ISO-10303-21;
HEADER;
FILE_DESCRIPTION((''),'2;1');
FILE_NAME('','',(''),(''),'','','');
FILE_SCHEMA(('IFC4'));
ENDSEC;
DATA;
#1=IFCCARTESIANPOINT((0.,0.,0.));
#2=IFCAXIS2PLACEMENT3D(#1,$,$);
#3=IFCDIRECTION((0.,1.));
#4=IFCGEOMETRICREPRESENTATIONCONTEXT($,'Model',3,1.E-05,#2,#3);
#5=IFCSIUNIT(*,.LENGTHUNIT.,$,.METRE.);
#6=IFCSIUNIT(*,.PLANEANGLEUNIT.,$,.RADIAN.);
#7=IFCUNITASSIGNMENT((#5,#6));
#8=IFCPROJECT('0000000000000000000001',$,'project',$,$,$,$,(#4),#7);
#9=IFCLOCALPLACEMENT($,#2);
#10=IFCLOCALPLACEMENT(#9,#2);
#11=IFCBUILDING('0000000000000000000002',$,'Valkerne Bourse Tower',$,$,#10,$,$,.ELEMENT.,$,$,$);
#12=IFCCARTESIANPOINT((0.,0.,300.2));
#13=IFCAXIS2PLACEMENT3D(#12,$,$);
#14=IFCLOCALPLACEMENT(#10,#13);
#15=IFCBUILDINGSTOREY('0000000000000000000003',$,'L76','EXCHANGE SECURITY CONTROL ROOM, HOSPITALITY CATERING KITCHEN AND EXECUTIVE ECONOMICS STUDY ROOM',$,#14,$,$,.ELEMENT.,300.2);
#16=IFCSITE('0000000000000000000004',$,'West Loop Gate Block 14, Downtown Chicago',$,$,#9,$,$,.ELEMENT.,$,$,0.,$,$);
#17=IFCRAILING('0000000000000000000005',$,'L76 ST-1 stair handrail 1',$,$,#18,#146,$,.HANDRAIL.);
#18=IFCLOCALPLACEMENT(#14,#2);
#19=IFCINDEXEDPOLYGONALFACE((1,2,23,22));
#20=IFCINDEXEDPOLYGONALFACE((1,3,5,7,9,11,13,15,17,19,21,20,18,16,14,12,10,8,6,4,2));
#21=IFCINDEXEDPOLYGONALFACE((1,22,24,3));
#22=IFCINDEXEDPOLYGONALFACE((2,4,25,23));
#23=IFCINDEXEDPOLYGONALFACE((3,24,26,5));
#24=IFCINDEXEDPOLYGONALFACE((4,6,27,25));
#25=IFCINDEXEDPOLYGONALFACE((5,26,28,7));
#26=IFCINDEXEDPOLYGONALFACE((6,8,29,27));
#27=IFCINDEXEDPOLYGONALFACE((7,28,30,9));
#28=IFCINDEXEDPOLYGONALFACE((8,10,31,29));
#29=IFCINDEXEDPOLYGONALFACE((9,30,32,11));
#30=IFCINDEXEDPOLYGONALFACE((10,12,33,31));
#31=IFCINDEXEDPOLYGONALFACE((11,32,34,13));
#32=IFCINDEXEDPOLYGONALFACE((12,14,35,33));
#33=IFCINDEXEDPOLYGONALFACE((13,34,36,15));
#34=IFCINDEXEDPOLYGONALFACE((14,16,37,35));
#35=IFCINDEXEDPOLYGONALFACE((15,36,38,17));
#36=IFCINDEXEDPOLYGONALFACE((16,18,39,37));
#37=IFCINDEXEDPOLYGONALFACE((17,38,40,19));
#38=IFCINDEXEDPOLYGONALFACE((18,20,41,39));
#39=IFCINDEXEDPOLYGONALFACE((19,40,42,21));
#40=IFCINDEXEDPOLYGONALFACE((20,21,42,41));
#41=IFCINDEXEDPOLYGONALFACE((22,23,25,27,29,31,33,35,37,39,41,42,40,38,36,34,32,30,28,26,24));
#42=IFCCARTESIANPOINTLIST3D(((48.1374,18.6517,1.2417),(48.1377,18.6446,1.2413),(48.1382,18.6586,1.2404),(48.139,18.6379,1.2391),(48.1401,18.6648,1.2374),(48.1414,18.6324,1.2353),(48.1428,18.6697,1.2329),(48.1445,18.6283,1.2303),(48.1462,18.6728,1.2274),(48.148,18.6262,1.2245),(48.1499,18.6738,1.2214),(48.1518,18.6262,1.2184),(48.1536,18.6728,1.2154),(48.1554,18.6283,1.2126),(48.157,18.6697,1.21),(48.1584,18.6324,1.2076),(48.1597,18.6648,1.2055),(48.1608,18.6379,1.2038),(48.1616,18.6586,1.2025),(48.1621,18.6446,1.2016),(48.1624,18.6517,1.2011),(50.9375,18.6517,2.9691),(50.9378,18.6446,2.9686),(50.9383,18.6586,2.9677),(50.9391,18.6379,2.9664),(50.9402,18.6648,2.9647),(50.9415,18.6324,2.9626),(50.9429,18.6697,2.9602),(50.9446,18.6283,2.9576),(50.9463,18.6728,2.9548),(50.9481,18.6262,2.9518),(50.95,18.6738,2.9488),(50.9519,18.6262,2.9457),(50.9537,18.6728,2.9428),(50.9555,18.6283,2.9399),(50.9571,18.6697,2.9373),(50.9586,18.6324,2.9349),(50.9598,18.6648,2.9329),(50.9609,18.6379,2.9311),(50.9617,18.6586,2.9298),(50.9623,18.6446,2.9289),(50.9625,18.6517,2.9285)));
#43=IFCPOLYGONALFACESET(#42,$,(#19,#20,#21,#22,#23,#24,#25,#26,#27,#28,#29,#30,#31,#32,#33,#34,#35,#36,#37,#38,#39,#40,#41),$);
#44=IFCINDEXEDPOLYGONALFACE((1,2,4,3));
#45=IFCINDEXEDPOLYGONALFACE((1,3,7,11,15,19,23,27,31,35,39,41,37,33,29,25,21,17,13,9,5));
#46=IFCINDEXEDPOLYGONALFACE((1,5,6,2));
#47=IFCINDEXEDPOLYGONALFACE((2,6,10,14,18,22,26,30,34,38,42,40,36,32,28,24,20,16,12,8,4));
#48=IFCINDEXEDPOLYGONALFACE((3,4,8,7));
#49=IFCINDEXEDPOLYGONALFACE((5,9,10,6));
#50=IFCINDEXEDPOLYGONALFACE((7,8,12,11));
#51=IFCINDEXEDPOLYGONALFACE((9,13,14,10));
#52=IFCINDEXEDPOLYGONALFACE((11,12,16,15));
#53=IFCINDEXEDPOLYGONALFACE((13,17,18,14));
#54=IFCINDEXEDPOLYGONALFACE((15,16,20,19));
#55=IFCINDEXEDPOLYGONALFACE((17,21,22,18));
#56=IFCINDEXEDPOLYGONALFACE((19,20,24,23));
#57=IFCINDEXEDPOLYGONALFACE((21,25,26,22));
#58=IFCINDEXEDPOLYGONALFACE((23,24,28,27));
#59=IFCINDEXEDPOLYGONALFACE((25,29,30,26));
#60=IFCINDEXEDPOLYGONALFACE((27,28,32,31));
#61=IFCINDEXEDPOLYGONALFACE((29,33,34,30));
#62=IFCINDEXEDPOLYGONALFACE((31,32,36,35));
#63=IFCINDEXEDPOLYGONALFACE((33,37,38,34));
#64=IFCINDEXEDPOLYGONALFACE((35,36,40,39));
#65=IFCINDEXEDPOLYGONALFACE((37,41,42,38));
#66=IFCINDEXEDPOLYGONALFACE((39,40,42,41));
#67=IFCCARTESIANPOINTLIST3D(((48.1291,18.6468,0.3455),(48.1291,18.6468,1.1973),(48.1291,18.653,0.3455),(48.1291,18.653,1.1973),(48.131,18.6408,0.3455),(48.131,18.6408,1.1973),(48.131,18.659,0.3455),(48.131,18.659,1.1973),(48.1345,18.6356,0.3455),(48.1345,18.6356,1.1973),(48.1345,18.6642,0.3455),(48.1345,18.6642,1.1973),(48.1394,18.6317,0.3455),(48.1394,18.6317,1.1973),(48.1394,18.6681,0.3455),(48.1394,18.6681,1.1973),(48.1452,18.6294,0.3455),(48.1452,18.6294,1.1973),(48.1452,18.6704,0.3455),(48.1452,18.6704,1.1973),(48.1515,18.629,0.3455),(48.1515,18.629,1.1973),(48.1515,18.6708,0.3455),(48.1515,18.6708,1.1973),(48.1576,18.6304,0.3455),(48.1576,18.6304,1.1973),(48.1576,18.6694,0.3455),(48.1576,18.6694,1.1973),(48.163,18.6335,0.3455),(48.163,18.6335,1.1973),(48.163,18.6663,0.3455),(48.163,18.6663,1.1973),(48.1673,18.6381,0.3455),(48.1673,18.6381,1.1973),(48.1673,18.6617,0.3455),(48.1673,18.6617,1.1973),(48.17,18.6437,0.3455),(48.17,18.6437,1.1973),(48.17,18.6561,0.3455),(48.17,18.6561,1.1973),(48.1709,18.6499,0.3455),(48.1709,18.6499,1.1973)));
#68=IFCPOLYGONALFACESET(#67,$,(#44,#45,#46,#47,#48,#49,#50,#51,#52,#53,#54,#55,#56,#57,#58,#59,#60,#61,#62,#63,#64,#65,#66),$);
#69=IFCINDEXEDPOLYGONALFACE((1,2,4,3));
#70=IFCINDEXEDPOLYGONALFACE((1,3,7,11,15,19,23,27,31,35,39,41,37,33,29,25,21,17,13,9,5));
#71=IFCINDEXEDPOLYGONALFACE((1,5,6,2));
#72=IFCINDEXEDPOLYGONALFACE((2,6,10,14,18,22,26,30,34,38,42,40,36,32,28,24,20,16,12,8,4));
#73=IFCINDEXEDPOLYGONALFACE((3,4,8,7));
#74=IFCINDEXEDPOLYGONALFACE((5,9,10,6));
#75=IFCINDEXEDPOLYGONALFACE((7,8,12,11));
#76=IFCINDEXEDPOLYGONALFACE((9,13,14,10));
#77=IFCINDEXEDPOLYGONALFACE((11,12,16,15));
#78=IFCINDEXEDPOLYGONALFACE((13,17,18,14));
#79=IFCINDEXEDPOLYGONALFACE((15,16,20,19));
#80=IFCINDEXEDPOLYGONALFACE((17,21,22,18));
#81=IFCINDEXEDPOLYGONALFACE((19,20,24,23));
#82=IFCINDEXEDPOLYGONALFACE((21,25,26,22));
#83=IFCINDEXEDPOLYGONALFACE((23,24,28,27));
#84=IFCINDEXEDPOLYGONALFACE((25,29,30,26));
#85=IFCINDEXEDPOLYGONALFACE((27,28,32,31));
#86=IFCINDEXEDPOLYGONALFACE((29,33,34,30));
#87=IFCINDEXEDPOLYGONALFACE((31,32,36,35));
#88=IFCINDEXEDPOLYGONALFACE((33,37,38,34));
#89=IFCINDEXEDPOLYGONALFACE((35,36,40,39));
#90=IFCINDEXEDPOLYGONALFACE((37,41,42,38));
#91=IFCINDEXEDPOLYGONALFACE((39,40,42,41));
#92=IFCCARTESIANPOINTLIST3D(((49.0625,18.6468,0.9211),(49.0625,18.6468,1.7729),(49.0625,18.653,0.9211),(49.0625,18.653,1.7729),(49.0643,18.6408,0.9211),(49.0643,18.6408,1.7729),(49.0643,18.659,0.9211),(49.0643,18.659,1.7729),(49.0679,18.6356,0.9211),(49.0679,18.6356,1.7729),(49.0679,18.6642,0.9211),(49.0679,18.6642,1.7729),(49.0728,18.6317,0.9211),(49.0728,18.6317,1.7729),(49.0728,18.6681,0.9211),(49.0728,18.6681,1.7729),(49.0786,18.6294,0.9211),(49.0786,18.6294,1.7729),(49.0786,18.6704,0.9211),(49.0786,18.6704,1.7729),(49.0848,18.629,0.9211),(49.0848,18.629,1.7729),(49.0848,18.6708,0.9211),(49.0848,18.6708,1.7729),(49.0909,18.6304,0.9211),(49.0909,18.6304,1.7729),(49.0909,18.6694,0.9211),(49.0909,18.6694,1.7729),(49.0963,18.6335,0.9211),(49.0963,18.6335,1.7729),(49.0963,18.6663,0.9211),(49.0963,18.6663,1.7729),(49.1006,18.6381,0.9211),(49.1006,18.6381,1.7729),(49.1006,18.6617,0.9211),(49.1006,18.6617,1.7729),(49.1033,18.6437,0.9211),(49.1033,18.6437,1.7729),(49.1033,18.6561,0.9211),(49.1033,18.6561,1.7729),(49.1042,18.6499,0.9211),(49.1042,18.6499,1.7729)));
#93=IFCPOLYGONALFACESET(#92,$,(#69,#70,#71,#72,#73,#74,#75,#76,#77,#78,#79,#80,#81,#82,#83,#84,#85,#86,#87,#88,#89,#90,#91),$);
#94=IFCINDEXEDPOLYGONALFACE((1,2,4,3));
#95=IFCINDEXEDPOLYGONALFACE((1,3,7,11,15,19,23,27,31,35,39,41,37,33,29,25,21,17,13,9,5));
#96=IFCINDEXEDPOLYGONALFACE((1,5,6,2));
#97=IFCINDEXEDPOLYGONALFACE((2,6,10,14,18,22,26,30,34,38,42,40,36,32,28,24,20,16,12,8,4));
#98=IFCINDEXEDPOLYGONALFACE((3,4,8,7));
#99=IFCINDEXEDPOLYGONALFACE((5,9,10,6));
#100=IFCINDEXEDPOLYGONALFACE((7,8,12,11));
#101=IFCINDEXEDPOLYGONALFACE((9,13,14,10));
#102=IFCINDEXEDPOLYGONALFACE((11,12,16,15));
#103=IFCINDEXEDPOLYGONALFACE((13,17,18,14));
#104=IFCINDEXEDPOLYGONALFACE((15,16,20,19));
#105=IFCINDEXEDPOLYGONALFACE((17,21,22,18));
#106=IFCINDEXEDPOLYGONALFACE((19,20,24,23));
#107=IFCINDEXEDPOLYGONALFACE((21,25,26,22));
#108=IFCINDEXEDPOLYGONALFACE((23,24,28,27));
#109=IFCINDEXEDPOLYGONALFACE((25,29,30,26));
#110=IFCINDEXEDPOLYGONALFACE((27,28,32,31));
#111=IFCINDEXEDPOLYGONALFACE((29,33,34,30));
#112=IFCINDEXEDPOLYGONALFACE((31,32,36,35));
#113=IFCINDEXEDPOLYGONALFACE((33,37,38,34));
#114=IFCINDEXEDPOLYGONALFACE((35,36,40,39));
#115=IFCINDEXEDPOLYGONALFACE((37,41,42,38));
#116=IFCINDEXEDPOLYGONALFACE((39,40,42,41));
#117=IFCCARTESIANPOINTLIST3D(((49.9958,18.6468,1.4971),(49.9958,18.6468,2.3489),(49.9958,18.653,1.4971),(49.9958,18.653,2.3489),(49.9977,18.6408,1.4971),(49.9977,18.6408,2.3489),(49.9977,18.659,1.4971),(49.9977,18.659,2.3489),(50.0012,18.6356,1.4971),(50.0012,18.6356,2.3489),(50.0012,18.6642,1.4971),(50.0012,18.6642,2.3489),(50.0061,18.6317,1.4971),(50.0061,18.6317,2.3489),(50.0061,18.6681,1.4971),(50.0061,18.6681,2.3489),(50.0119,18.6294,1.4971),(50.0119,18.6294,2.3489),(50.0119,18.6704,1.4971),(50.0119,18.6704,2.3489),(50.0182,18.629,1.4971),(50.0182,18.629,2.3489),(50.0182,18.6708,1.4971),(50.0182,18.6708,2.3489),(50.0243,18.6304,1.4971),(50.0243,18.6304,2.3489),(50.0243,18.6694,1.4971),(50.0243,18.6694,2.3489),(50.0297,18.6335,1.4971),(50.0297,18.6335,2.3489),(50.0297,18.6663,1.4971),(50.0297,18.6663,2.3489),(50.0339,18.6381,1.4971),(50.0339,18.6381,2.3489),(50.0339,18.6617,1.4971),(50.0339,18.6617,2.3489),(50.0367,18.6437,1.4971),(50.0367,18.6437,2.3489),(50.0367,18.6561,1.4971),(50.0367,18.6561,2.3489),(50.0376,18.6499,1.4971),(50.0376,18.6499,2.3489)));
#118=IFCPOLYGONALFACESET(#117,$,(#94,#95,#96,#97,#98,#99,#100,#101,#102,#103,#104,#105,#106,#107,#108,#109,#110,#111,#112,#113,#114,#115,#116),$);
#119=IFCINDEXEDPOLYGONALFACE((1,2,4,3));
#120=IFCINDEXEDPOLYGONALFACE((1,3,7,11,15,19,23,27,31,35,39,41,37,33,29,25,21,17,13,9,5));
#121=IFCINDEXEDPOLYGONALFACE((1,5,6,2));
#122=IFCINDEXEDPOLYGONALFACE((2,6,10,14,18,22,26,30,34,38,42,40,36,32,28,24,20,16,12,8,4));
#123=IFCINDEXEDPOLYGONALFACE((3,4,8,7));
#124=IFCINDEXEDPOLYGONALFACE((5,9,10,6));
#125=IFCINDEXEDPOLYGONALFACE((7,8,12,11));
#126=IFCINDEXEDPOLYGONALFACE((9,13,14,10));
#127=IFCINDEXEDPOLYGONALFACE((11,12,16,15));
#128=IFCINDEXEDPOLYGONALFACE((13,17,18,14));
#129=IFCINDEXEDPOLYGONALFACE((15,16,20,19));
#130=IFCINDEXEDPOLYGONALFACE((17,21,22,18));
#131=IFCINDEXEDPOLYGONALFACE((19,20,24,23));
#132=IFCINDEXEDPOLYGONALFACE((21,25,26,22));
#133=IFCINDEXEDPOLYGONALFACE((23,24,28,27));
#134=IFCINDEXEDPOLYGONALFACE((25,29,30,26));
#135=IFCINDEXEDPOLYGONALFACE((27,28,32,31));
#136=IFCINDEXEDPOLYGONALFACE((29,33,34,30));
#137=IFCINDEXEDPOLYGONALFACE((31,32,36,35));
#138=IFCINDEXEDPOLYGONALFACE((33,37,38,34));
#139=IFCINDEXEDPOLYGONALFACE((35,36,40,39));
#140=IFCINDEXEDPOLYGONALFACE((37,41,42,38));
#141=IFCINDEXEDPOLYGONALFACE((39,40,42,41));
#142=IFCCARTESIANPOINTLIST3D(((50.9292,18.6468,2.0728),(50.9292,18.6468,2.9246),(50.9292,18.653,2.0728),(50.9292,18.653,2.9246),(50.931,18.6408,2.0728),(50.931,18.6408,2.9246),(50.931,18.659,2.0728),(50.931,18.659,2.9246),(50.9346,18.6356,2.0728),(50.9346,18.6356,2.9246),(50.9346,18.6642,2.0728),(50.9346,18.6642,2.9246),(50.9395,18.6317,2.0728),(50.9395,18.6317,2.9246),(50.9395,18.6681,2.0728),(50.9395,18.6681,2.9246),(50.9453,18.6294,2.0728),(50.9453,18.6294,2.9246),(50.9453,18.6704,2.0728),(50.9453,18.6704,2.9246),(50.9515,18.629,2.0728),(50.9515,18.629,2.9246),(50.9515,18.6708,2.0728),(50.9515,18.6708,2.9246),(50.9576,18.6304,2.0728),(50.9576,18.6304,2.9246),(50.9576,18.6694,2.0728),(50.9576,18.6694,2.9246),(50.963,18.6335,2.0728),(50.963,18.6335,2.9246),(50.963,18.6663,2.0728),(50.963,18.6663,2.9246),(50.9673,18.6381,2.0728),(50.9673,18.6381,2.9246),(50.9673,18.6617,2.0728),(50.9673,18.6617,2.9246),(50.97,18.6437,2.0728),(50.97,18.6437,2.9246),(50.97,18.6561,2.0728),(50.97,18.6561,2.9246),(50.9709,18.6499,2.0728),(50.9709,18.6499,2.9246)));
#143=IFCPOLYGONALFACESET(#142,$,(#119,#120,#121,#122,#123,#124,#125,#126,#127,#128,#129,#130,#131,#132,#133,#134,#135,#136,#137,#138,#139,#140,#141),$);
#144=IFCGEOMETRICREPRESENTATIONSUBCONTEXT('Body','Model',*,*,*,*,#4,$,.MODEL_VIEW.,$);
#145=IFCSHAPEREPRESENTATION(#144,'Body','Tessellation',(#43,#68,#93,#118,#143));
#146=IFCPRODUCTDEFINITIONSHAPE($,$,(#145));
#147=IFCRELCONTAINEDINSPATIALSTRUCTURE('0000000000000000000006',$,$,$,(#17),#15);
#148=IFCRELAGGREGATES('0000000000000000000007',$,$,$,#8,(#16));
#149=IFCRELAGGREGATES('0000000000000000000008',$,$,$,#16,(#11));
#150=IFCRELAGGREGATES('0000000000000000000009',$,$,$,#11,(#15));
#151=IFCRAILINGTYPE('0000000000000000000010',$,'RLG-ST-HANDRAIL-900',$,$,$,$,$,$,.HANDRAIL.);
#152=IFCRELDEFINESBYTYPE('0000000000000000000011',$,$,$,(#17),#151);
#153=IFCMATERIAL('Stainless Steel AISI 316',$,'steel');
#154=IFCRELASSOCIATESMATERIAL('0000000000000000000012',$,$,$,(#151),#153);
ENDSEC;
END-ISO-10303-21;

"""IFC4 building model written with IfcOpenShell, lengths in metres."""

from ifc_helpers import new_model, si_unit, direction, frame, origin, origin_2d, place, context, subcontext, project, spatial, circle, extrude, material, type_object, element, save


model = new_model("IFC4")

# Units and contexts
model_context = context("Model", 3, precision=1e-05, world=origin(), true_north=direction((0.0, 1.0)))
body_context = subcontext(model_context, "Body", "Model", "MODEL_VIEW")
ifc_project = project(units=[si_unit("LENGTHUNIT", "METRE"), si_unit("PLANEANGLEUNIT", "RADIAN")], contexts=[model_context])

# Site, building, storey
site_placement = place(None, origin())
site = spatial("IfcSite", under=ifc_project, at=site_placement, Name="West Loop Gate Block 14, Downtown Chicago", CompositionType="ELEMENT", RefElevation=0.0)
building_placement = place(site_placement, origin())
building = spatial("IfcBuilding", under=site, at=building_placement, Name="Valkerne Bourse Tower", CompositionType="ELEMENT")
storey_placement = place(building_placement, frame((0.0, 0.0, 300.2)))
storey = spatial("IfcBuildingStorey", under=building, at=storey_placement, Name="L76", Description="EXCHANGE SECURITY CONTROL ROOM, HOSPITALITY CATERING KITCHEN AND EXECUTIVE ECONOMICS STUDY ROOM", CompositionType="ELEMENT", Elevation=300.2)

# Shared definitions
ifc_material_1 = material(Name="Stainless Steel AISI 316", Category="steel")

# Railing
railing_type_1 = type_object("IfcRailingType", Name="RLG-ST-HANDRAIL-900", PredefinedType="HANDRAIL", material=ifc_material_1)
railing_1_placement = place(storey_placement, frame((48.1499, 18.6499, 0.3455)))
element("IfcRailing", 1, at=railing_1_placement, inside=storey, type_object=railing_type_1, Name="L76 ST-1 stair handrail 1", PredefinedType="HANDRAIL", context=body_context, shape_type="SweptSolid", body=[
    extrude(circle(Radius=0.0239, at=origin_2d()), frame((0.0, 0.0, 0.876), z_axis=(0.85109, 0.0, 0.52502), x_axis=(0.0, 1.0, 0.0)), (0.0, 0.0, 1.0), 3.29),
    extrude(circle(Radius=0.021, at=origin_2d()), origin(), (0.0, 0.0, 1.0), 0.8518),
    extrude(circle(Radius=0.021, at=origin_2d()), frame((0.9333, 0.0, 0.5757)), (0.0, 0.0, 1.0), 0.8518),
    extrude(circle(Radius=0.021, at=origin_2d()), frame((1.8667, 0.0, 1.1516)), (0.0, 0.0, 1.0), 0.8518),
    extrude(circle(Radius=0.021, at=origin_2d()), frame((2.8, 0.0, 1.7273)), (0.0, 0.0, 1.0), 0.8518),
])

save(model, "model.ifc")
